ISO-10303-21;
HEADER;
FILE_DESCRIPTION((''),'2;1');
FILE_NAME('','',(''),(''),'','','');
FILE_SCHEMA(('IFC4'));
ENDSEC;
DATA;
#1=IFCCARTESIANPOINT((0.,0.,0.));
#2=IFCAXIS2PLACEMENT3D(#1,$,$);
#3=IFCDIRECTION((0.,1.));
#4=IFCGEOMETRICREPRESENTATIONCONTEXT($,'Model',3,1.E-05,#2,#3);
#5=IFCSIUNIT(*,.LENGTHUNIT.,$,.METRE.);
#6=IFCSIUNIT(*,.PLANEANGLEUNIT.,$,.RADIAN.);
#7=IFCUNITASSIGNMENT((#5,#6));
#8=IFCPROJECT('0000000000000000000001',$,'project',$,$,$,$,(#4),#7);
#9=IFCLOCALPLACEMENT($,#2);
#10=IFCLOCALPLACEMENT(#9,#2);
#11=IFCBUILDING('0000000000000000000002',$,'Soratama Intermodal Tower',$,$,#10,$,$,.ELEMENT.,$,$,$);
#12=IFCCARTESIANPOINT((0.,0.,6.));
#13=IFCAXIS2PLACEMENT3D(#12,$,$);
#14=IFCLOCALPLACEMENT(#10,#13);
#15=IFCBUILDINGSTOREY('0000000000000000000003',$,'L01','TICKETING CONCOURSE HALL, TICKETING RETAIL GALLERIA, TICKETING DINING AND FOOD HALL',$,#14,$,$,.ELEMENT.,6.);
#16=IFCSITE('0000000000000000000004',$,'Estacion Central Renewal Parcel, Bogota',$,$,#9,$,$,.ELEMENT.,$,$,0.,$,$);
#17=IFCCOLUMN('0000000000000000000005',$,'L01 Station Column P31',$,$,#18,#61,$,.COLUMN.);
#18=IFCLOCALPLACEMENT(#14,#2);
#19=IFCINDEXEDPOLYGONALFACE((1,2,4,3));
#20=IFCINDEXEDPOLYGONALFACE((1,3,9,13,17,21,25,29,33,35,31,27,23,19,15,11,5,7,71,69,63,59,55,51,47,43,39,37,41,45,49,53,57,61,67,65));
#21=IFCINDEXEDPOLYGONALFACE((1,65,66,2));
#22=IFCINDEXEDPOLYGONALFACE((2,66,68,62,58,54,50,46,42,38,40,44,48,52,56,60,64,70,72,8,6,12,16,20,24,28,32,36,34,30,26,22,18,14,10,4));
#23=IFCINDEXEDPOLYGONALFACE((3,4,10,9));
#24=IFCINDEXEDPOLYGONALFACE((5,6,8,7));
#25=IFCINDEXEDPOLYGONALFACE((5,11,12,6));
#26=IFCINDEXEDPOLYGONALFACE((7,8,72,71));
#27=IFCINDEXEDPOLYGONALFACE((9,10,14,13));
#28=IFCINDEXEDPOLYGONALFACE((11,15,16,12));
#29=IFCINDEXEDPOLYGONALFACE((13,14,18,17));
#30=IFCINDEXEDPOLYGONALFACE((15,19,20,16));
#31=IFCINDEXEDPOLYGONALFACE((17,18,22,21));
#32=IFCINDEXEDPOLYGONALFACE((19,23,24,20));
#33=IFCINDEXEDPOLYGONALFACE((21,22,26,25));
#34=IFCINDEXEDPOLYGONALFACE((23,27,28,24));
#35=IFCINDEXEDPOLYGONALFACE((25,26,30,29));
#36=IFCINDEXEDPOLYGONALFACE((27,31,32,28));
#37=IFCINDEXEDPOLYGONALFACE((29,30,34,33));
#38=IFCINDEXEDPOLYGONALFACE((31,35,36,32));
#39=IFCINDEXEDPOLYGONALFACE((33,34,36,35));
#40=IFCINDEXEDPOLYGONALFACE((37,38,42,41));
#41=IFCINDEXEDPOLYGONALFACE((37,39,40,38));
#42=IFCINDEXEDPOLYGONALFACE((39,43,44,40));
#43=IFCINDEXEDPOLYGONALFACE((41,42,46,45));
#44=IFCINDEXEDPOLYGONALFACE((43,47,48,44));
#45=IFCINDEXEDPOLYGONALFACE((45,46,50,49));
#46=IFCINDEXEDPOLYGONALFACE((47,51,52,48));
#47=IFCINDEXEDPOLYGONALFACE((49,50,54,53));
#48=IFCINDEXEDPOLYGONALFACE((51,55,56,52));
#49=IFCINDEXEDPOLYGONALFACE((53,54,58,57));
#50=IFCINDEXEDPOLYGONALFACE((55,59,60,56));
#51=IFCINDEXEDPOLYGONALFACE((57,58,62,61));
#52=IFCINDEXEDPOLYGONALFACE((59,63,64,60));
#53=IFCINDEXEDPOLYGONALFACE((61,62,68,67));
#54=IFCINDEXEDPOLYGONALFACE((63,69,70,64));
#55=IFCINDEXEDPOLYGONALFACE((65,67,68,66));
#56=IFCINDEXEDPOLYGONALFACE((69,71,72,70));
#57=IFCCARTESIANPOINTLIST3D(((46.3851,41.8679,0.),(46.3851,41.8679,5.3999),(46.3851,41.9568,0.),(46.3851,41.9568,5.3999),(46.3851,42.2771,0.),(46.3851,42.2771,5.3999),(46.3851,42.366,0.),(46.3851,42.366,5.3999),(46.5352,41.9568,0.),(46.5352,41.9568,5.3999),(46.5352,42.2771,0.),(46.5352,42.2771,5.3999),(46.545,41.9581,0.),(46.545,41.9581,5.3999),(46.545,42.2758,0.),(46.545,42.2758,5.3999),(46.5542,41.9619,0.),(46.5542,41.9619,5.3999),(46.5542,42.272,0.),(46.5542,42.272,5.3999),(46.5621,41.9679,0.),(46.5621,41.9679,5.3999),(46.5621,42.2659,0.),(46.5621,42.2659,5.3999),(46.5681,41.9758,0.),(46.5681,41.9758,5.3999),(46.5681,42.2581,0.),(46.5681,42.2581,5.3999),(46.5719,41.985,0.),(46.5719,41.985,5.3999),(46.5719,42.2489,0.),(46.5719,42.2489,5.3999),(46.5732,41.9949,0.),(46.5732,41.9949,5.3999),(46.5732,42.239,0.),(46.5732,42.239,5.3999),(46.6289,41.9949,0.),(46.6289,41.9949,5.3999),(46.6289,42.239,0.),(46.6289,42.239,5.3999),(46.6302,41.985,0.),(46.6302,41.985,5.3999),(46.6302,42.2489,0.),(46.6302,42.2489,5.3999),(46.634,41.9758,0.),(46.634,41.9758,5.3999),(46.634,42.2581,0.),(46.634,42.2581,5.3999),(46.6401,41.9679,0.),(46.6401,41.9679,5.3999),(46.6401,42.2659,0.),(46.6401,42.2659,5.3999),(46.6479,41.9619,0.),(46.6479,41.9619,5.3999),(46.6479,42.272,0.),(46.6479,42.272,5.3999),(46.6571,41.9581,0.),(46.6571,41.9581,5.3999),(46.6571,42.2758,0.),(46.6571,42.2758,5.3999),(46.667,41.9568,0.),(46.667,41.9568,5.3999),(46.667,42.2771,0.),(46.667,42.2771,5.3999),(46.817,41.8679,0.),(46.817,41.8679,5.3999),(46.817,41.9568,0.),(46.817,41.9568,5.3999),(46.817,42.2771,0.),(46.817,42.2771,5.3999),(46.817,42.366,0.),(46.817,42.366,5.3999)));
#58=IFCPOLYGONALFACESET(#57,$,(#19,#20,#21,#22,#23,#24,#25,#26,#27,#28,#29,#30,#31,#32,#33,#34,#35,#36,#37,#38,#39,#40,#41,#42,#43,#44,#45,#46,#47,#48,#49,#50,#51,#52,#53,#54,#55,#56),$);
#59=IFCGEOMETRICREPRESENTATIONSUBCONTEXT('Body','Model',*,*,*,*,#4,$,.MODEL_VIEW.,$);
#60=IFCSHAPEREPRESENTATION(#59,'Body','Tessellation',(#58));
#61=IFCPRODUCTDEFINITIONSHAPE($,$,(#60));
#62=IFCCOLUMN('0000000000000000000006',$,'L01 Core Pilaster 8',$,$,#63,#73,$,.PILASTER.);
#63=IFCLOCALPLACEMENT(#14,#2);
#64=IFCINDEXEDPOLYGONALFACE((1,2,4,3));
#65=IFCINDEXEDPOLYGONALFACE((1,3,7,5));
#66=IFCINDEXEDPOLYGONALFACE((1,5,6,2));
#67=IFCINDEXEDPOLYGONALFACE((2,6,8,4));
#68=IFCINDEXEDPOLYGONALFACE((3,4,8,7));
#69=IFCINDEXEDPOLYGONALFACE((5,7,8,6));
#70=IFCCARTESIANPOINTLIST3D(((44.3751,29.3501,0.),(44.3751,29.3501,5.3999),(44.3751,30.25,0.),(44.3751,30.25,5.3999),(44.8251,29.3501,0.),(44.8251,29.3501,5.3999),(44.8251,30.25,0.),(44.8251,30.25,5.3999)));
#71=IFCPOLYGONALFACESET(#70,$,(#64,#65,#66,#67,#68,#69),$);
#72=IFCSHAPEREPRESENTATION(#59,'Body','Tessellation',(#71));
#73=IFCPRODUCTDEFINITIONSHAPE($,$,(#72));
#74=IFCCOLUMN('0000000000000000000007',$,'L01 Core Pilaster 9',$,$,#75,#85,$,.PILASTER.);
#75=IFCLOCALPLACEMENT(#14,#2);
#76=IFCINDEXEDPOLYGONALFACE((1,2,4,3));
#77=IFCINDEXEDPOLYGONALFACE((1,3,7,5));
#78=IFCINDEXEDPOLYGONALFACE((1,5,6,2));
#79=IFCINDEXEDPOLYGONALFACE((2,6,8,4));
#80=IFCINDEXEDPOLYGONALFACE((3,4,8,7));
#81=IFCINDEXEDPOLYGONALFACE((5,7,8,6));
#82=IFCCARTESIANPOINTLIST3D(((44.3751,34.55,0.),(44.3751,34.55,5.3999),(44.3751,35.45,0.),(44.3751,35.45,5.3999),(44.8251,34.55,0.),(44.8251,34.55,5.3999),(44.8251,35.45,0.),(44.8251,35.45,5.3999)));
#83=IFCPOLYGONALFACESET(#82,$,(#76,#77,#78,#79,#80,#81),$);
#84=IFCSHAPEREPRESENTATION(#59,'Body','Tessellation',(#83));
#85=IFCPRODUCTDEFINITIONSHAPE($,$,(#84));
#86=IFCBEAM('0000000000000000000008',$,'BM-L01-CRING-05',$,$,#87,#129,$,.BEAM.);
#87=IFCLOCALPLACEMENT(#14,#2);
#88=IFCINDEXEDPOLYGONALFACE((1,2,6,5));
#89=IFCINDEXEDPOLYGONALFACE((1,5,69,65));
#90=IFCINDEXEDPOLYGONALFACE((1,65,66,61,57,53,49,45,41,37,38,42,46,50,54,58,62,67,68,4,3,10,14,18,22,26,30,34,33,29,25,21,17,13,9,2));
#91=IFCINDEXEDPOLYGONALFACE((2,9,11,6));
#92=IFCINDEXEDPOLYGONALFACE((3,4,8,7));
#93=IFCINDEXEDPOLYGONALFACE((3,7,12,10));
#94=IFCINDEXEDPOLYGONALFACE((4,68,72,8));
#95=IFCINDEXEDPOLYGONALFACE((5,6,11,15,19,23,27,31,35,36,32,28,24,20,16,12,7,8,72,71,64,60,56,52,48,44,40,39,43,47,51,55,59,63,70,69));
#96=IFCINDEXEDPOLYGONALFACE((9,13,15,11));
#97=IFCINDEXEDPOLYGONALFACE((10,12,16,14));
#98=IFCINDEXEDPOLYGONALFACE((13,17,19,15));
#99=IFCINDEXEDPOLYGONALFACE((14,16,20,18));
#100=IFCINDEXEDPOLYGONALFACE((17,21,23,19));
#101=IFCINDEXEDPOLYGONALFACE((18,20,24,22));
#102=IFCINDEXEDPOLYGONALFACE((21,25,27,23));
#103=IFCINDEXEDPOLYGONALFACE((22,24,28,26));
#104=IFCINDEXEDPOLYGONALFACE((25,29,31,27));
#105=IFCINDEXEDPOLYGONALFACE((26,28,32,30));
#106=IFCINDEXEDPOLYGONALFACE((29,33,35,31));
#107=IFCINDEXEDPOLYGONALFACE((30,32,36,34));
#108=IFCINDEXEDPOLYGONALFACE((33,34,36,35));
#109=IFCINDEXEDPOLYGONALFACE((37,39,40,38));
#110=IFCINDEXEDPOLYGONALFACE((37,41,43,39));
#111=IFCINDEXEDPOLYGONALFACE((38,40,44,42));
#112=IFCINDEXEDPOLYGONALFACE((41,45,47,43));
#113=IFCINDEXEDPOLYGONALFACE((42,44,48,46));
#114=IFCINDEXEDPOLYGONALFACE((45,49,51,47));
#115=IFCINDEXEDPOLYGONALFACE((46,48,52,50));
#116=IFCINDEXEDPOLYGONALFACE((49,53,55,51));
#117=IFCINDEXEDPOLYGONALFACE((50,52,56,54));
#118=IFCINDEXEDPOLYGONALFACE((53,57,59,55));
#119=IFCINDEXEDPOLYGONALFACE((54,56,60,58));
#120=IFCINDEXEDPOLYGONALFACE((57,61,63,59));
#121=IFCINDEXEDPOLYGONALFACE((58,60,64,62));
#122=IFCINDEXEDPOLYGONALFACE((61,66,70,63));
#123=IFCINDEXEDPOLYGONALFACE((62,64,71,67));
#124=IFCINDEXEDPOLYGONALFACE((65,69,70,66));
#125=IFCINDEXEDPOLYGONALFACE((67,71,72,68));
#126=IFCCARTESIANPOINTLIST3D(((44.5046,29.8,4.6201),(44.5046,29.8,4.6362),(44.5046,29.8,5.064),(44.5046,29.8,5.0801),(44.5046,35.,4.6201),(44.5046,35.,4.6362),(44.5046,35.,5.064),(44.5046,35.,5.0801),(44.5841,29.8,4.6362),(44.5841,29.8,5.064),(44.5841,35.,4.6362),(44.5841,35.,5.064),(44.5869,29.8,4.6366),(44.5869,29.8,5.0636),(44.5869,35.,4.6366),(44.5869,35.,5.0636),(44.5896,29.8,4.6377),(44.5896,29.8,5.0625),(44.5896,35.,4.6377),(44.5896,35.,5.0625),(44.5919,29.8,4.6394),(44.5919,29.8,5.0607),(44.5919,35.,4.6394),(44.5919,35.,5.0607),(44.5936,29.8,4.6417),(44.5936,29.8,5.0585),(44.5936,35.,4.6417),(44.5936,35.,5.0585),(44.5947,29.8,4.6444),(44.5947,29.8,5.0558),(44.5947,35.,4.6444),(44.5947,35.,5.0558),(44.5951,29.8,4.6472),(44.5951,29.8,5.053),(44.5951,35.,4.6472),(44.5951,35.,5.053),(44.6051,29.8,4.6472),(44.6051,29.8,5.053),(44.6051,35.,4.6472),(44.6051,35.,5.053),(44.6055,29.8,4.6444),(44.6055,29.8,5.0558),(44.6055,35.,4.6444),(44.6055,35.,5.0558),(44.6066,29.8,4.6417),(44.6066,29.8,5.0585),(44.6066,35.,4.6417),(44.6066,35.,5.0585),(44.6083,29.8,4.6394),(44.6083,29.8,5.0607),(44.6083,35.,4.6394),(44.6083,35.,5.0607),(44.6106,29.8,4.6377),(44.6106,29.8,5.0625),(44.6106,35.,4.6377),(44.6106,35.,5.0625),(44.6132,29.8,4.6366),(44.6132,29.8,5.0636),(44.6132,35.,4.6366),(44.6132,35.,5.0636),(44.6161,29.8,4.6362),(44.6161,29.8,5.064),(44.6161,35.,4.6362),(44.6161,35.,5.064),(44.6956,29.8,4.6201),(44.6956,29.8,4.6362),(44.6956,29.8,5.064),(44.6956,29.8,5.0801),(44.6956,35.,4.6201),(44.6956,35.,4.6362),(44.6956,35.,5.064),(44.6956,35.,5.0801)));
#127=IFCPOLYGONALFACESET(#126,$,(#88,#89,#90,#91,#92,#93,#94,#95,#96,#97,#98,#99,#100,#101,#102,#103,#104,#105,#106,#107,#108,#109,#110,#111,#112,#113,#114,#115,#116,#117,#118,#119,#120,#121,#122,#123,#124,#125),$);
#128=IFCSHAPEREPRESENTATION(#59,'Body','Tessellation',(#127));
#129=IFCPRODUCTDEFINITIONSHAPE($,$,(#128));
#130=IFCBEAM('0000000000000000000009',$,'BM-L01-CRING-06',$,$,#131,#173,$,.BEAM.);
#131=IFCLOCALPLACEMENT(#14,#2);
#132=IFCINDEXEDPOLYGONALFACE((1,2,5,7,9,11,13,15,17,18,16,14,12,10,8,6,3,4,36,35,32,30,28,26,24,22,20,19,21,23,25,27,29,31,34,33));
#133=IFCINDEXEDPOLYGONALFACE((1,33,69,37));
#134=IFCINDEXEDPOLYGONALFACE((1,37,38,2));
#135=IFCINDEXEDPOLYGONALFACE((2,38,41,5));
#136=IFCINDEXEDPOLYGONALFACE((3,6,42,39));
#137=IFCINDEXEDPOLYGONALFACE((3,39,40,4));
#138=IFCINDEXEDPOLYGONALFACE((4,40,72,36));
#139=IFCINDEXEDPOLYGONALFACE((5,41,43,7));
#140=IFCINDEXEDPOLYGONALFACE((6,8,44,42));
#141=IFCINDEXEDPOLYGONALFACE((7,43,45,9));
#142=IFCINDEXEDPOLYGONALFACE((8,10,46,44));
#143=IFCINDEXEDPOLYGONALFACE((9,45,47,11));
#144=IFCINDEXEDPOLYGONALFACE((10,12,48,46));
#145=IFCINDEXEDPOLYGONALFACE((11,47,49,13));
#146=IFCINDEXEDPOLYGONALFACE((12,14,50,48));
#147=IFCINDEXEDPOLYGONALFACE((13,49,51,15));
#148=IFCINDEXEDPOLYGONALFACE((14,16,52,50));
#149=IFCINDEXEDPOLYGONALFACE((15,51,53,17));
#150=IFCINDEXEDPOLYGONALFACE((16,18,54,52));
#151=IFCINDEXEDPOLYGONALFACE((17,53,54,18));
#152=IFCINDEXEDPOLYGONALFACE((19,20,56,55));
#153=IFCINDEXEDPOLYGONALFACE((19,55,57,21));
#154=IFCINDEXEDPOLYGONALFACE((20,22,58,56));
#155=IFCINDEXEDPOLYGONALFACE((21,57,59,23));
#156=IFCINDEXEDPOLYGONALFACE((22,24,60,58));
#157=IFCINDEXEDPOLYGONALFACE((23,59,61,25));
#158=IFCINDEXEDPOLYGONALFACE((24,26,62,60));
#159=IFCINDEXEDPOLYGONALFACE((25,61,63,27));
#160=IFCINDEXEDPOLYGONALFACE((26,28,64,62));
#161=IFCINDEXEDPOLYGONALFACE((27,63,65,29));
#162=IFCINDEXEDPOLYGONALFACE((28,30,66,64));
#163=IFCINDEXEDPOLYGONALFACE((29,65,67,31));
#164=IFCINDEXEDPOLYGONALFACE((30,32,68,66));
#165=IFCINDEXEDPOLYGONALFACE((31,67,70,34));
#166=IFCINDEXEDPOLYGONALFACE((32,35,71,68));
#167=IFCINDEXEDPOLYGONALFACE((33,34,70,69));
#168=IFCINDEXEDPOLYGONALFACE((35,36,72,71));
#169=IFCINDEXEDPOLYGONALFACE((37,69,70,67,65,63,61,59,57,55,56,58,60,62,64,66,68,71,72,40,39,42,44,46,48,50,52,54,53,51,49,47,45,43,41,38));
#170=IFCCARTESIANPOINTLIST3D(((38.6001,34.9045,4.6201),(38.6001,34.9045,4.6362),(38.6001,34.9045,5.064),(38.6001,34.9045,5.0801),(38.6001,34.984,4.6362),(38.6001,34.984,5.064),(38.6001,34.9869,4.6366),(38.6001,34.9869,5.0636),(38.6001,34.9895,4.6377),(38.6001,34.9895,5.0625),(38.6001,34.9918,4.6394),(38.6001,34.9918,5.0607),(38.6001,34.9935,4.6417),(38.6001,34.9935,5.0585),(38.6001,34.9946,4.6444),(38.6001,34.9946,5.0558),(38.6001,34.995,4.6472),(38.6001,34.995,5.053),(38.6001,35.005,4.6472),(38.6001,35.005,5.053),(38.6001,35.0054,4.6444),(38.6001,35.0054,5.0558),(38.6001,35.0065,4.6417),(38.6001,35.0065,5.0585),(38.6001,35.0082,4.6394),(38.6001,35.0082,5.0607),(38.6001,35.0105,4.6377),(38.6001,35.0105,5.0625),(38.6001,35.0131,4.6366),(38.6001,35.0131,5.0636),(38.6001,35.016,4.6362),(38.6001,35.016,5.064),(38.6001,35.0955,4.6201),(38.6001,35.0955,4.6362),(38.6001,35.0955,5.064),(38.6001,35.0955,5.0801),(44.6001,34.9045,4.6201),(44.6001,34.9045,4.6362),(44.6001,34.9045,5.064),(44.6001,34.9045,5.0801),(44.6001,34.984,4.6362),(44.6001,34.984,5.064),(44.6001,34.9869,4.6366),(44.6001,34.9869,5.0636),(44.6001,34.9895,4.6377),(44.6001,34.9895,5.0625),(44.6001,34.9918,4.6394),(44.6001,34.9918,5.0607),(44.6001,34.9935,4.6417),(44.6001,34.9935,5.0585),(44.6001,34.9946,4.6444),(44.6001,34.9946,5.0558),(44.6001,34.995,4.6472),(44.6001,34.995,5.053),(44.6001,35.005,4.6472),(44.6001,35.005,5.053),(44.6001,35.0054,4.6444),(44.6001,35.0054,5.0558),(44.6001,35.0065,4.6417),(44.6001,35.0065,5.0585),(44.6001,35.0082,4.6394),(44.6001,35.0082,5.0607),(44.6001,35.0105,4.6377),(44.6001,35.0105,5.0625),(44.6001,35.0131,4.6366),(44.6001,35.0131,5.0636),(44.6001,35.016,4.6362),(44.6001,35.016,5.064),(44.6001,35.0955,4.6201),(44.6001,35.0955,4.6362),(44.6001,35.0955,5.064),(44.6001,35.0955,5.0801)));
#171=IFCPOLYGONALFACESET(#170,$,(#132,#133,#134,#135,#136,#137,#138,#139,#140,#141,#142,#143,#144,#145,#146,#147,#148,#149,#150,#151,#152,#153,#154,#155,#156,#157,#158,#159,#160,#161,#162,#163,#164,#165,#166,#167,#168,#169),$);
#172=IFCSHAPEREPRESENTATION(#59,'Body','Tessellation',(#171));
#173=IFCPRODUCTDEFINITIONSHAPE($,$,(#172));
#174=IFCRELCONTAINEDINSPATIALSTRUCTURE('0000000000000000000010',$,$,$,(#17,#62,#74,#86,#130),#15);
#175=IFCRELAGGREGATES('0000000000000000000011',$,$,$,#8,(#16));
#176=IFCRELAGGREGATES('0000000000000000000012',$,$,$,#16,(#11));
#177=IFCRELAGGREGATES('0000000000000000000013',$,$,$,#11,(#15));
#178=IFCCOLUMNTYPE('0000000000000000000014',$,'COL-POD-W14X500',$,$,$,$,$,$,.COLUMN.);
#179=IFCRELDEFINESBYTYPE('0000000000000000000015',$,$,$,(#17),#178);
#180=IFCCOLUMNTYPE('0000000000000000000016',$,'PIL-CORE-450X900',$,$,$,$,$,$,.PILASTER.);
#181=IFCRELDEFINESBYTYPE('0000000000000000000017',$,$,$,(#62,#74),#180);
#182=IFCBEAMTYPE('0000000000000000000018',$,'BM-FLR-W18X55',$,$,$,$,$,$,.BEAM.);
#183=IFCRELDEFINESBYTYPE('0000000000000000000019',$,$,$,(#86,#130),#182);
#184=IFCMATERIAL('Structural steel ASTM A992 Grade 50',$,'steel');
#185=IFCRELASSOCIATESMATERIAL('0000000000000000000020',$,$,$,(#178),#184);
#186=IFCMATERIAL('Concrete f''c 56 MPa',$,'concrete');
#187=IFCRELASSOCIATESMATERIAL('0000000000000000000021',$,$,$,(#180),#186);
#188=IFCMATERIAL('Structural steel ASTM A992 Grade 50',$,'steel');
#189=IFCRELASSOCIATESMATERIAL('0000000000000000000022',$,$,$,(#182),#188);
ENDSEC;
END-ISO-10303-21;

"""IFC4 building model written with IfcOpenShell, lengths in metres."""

from ifc_helpers import new_model, si_unit, direction, frame, origin, origin_2d, place, context, subcontext, project, spatial, rectangle, i_section, extrude, material, material_profile, profile_set, type_object, element, save


model = new_model("IFC4")

# Units and contexts
model_context = context("Model", 3, precision=1e-05, world=origin(), true_north=direction((0.0, 1.0)))
body_context = subcontext(model_context, "Body", "Model", "MODEL_VIEW")
ifc_project = project(units=[si_unit("LENGTHUNIT", "METRE"), si_unit("PLANEANGLEUNIT", "RADIAN")], contexts=[model_context])

# Site, building, storey
site_placement = place(None, origin())
site = spatial("IfcSite", under=ifc_project, at=site_placement, Name="Estacion Central Renewal Parcel, Bogota", CompositionType="ELEMENT", RefElevation=0.0)
building_placement = place(site_placement, origin())
building = spatial("IfcBuilding", under=site, at=building_placement, Name="Soratama Intermodal Tower", CompositionType="ELEMENT")
storey_placement = place(building_placement, frame((0.0, 0.0, 6.0)))
storey = spatial("IfcBuildingStorey", under=building, at=storey_placement, Name="L01", Description="TICKETING CONCOURSE HALL, TICKETING RETAIL GALLERIA, TICKETING DINING AND FOOD HALL", CompositionType="ELEMENT", Elevation=6.0)

# Columns
ifc_material_1 = material(Name="Structural steel ASTM A992 Grade 50", Category="steel")
ifc_material_profile_1 = material_profile(ifc_material_1, i_section(OverallWidth=0.4319, OverallDepth=0.498, WebThickness=0.0557, FlangeThickness=0.0889, FilletRadius=0.0381, at=origin_2d()), Name="W14X500")
ifc_profile_set_1 = profile_set([ifc_material_profile_1], Name="Structural steel ASTM A992 Grade 50")
column_type_1 = type_object("IfcColumnType", Name="COL-POD-W14X500", PredefinedType="COLUMN", material=ifc_profile_set_1)
for number, where, z_axis, x_axis, name in (
    (1, (46.6011, 42.1169, 0.0), (0.0, 0.0, 1.0), (1.0, 0.0, 0.0), "L01 Station Column P31"),
):
    element("IfcColumn", number, at=place(storey_placement, frame(where, z_axis=z_axis, x_axis=x_axis)), inside=storey, type_object=column_type_1, Name=name, PredefinedType="COLUMN", context=body_context, shape_type="SweptSolid", body=[
        extrude(i_section(OverallWidth=0.4319, OverallDepth=0.498, WebThickness=0.0557, FlangeThickness=0.0889, FilletRadius=0.0381, at=origin_2d()), origin(), (0.0, 0.0, 1.0), 5.3999),
    ])
ifc_material_2 = material(Name="Concrete f'c 56 MPa", Category="concrete")
ifc_material_profile_2 = material_profile(ifc_material_2, rectangle(XDim=0.45, YDim=0.8999, at=origin_2d()), Name="RC450X900")
ifc_profile_set_2 = profile_set([ifc_material_profile_2], Name="Concrete f'c 56 MPa")
column_type_2 = type_object("IfcColumnType", Name="PIL-CORE-450X900", PredefinedType="PILASTER", material=ifc_profile_set_2)
for number, where, z_axis, x_axis, name in (
    (2, (44.6001, 29.8, 0.0), (0.0, 0.0, 1.0), (1.0, 0.0, 0.0), "L01 Core Pilaster 8"),
    (3, (44.6001, 35.0, 0.0), (0.0, 0.0, 1.0), (1.0, 0.0, 0.0), "L01 Core Pilaster 9"),
):
    element("IfcColumn", number, at=place(storey_placement, frame(where, z_axis=z_axis, x_axis=x_axis)), inside=storey, type_object=column_type_2, Name=name, PredefinedType="PILASTER", context=body_context, shape_type="SweptSolid", body=[
        extrude(rectangle(XDim=0.45, YDim=0.8999, at=origin_2d()), origin(), (0.0, 0.0, 1.0), 5.3999),
    ])

# Beams
ifc_material_3 = material(Name="Structural steel ASTM A992 Grade 50", Category="steel")
ifc_material_profile_3 = material_profile(ifc_material_3, i_section(OverallWidth=0.1909, OverallDepth=0.46, WebThickness=0.01, FlangeThickness=0.0161, FilletRadius=0.011, at=origin_2d()), Name="W18X55")
ifc_profile_set_3 = profile_set([ifc_material_profile_3], Name="Structural steel ASTM A992 Grade 50")
beam_type_1 = type_object("IfcBeamType", Name="BM-FLR-W18X55", PredefinedType="BEAM", material=ifc_profile_set_3)
beam_1_placement = place(storey_placement, frame((44.6001, 29.8, 4.8501), z_axis=(0.0, 1.0, 0.0), x_axis=(-1.0, 0.0, 0.0)))
element("IfcBeam", 4, at=beam_1_placement, inside=storey, type_object=beam_type_1, Name="BM-L01-CRING-05", PredefinedType="BEAM", context=body_context, shape_type="SweptSolid", body=[
    extrude(i_section(OverallWidth=0.1909, OverallDepth=0.46, WebThickness=0.01, FlangeThickness=0.0161, FilletRadius=0.011, at=origin_2d()), origin(), (0.0, 0.0, 1.0), 5.2),
])
beam_2_placement = place(storey_placement, frame((44.6001, 35.0, 4.8501), z_axis=(-1.0, 0.0, 0.0), x_axis=(0.0, -1.0, 0.0)))
element("IfcBeam", 5, at=beam_2_placement, inside=storey, type_object=beam_type_1, Name="BM-L01-CRING-06", PredefinedType="BEAM", context=body_context, shape_type="SweptSolid", body=[
    extrude(i_section(OverallWidth=0.1909, OverallDepth=0.46, WebThickness=0.01, FlangeThickness=0.0161, FilletRadius=0.011, at=origin_2d()), origin(), (0.0, 0.0, 1.0), 6.0),
])

save(model, "model.ifc")
